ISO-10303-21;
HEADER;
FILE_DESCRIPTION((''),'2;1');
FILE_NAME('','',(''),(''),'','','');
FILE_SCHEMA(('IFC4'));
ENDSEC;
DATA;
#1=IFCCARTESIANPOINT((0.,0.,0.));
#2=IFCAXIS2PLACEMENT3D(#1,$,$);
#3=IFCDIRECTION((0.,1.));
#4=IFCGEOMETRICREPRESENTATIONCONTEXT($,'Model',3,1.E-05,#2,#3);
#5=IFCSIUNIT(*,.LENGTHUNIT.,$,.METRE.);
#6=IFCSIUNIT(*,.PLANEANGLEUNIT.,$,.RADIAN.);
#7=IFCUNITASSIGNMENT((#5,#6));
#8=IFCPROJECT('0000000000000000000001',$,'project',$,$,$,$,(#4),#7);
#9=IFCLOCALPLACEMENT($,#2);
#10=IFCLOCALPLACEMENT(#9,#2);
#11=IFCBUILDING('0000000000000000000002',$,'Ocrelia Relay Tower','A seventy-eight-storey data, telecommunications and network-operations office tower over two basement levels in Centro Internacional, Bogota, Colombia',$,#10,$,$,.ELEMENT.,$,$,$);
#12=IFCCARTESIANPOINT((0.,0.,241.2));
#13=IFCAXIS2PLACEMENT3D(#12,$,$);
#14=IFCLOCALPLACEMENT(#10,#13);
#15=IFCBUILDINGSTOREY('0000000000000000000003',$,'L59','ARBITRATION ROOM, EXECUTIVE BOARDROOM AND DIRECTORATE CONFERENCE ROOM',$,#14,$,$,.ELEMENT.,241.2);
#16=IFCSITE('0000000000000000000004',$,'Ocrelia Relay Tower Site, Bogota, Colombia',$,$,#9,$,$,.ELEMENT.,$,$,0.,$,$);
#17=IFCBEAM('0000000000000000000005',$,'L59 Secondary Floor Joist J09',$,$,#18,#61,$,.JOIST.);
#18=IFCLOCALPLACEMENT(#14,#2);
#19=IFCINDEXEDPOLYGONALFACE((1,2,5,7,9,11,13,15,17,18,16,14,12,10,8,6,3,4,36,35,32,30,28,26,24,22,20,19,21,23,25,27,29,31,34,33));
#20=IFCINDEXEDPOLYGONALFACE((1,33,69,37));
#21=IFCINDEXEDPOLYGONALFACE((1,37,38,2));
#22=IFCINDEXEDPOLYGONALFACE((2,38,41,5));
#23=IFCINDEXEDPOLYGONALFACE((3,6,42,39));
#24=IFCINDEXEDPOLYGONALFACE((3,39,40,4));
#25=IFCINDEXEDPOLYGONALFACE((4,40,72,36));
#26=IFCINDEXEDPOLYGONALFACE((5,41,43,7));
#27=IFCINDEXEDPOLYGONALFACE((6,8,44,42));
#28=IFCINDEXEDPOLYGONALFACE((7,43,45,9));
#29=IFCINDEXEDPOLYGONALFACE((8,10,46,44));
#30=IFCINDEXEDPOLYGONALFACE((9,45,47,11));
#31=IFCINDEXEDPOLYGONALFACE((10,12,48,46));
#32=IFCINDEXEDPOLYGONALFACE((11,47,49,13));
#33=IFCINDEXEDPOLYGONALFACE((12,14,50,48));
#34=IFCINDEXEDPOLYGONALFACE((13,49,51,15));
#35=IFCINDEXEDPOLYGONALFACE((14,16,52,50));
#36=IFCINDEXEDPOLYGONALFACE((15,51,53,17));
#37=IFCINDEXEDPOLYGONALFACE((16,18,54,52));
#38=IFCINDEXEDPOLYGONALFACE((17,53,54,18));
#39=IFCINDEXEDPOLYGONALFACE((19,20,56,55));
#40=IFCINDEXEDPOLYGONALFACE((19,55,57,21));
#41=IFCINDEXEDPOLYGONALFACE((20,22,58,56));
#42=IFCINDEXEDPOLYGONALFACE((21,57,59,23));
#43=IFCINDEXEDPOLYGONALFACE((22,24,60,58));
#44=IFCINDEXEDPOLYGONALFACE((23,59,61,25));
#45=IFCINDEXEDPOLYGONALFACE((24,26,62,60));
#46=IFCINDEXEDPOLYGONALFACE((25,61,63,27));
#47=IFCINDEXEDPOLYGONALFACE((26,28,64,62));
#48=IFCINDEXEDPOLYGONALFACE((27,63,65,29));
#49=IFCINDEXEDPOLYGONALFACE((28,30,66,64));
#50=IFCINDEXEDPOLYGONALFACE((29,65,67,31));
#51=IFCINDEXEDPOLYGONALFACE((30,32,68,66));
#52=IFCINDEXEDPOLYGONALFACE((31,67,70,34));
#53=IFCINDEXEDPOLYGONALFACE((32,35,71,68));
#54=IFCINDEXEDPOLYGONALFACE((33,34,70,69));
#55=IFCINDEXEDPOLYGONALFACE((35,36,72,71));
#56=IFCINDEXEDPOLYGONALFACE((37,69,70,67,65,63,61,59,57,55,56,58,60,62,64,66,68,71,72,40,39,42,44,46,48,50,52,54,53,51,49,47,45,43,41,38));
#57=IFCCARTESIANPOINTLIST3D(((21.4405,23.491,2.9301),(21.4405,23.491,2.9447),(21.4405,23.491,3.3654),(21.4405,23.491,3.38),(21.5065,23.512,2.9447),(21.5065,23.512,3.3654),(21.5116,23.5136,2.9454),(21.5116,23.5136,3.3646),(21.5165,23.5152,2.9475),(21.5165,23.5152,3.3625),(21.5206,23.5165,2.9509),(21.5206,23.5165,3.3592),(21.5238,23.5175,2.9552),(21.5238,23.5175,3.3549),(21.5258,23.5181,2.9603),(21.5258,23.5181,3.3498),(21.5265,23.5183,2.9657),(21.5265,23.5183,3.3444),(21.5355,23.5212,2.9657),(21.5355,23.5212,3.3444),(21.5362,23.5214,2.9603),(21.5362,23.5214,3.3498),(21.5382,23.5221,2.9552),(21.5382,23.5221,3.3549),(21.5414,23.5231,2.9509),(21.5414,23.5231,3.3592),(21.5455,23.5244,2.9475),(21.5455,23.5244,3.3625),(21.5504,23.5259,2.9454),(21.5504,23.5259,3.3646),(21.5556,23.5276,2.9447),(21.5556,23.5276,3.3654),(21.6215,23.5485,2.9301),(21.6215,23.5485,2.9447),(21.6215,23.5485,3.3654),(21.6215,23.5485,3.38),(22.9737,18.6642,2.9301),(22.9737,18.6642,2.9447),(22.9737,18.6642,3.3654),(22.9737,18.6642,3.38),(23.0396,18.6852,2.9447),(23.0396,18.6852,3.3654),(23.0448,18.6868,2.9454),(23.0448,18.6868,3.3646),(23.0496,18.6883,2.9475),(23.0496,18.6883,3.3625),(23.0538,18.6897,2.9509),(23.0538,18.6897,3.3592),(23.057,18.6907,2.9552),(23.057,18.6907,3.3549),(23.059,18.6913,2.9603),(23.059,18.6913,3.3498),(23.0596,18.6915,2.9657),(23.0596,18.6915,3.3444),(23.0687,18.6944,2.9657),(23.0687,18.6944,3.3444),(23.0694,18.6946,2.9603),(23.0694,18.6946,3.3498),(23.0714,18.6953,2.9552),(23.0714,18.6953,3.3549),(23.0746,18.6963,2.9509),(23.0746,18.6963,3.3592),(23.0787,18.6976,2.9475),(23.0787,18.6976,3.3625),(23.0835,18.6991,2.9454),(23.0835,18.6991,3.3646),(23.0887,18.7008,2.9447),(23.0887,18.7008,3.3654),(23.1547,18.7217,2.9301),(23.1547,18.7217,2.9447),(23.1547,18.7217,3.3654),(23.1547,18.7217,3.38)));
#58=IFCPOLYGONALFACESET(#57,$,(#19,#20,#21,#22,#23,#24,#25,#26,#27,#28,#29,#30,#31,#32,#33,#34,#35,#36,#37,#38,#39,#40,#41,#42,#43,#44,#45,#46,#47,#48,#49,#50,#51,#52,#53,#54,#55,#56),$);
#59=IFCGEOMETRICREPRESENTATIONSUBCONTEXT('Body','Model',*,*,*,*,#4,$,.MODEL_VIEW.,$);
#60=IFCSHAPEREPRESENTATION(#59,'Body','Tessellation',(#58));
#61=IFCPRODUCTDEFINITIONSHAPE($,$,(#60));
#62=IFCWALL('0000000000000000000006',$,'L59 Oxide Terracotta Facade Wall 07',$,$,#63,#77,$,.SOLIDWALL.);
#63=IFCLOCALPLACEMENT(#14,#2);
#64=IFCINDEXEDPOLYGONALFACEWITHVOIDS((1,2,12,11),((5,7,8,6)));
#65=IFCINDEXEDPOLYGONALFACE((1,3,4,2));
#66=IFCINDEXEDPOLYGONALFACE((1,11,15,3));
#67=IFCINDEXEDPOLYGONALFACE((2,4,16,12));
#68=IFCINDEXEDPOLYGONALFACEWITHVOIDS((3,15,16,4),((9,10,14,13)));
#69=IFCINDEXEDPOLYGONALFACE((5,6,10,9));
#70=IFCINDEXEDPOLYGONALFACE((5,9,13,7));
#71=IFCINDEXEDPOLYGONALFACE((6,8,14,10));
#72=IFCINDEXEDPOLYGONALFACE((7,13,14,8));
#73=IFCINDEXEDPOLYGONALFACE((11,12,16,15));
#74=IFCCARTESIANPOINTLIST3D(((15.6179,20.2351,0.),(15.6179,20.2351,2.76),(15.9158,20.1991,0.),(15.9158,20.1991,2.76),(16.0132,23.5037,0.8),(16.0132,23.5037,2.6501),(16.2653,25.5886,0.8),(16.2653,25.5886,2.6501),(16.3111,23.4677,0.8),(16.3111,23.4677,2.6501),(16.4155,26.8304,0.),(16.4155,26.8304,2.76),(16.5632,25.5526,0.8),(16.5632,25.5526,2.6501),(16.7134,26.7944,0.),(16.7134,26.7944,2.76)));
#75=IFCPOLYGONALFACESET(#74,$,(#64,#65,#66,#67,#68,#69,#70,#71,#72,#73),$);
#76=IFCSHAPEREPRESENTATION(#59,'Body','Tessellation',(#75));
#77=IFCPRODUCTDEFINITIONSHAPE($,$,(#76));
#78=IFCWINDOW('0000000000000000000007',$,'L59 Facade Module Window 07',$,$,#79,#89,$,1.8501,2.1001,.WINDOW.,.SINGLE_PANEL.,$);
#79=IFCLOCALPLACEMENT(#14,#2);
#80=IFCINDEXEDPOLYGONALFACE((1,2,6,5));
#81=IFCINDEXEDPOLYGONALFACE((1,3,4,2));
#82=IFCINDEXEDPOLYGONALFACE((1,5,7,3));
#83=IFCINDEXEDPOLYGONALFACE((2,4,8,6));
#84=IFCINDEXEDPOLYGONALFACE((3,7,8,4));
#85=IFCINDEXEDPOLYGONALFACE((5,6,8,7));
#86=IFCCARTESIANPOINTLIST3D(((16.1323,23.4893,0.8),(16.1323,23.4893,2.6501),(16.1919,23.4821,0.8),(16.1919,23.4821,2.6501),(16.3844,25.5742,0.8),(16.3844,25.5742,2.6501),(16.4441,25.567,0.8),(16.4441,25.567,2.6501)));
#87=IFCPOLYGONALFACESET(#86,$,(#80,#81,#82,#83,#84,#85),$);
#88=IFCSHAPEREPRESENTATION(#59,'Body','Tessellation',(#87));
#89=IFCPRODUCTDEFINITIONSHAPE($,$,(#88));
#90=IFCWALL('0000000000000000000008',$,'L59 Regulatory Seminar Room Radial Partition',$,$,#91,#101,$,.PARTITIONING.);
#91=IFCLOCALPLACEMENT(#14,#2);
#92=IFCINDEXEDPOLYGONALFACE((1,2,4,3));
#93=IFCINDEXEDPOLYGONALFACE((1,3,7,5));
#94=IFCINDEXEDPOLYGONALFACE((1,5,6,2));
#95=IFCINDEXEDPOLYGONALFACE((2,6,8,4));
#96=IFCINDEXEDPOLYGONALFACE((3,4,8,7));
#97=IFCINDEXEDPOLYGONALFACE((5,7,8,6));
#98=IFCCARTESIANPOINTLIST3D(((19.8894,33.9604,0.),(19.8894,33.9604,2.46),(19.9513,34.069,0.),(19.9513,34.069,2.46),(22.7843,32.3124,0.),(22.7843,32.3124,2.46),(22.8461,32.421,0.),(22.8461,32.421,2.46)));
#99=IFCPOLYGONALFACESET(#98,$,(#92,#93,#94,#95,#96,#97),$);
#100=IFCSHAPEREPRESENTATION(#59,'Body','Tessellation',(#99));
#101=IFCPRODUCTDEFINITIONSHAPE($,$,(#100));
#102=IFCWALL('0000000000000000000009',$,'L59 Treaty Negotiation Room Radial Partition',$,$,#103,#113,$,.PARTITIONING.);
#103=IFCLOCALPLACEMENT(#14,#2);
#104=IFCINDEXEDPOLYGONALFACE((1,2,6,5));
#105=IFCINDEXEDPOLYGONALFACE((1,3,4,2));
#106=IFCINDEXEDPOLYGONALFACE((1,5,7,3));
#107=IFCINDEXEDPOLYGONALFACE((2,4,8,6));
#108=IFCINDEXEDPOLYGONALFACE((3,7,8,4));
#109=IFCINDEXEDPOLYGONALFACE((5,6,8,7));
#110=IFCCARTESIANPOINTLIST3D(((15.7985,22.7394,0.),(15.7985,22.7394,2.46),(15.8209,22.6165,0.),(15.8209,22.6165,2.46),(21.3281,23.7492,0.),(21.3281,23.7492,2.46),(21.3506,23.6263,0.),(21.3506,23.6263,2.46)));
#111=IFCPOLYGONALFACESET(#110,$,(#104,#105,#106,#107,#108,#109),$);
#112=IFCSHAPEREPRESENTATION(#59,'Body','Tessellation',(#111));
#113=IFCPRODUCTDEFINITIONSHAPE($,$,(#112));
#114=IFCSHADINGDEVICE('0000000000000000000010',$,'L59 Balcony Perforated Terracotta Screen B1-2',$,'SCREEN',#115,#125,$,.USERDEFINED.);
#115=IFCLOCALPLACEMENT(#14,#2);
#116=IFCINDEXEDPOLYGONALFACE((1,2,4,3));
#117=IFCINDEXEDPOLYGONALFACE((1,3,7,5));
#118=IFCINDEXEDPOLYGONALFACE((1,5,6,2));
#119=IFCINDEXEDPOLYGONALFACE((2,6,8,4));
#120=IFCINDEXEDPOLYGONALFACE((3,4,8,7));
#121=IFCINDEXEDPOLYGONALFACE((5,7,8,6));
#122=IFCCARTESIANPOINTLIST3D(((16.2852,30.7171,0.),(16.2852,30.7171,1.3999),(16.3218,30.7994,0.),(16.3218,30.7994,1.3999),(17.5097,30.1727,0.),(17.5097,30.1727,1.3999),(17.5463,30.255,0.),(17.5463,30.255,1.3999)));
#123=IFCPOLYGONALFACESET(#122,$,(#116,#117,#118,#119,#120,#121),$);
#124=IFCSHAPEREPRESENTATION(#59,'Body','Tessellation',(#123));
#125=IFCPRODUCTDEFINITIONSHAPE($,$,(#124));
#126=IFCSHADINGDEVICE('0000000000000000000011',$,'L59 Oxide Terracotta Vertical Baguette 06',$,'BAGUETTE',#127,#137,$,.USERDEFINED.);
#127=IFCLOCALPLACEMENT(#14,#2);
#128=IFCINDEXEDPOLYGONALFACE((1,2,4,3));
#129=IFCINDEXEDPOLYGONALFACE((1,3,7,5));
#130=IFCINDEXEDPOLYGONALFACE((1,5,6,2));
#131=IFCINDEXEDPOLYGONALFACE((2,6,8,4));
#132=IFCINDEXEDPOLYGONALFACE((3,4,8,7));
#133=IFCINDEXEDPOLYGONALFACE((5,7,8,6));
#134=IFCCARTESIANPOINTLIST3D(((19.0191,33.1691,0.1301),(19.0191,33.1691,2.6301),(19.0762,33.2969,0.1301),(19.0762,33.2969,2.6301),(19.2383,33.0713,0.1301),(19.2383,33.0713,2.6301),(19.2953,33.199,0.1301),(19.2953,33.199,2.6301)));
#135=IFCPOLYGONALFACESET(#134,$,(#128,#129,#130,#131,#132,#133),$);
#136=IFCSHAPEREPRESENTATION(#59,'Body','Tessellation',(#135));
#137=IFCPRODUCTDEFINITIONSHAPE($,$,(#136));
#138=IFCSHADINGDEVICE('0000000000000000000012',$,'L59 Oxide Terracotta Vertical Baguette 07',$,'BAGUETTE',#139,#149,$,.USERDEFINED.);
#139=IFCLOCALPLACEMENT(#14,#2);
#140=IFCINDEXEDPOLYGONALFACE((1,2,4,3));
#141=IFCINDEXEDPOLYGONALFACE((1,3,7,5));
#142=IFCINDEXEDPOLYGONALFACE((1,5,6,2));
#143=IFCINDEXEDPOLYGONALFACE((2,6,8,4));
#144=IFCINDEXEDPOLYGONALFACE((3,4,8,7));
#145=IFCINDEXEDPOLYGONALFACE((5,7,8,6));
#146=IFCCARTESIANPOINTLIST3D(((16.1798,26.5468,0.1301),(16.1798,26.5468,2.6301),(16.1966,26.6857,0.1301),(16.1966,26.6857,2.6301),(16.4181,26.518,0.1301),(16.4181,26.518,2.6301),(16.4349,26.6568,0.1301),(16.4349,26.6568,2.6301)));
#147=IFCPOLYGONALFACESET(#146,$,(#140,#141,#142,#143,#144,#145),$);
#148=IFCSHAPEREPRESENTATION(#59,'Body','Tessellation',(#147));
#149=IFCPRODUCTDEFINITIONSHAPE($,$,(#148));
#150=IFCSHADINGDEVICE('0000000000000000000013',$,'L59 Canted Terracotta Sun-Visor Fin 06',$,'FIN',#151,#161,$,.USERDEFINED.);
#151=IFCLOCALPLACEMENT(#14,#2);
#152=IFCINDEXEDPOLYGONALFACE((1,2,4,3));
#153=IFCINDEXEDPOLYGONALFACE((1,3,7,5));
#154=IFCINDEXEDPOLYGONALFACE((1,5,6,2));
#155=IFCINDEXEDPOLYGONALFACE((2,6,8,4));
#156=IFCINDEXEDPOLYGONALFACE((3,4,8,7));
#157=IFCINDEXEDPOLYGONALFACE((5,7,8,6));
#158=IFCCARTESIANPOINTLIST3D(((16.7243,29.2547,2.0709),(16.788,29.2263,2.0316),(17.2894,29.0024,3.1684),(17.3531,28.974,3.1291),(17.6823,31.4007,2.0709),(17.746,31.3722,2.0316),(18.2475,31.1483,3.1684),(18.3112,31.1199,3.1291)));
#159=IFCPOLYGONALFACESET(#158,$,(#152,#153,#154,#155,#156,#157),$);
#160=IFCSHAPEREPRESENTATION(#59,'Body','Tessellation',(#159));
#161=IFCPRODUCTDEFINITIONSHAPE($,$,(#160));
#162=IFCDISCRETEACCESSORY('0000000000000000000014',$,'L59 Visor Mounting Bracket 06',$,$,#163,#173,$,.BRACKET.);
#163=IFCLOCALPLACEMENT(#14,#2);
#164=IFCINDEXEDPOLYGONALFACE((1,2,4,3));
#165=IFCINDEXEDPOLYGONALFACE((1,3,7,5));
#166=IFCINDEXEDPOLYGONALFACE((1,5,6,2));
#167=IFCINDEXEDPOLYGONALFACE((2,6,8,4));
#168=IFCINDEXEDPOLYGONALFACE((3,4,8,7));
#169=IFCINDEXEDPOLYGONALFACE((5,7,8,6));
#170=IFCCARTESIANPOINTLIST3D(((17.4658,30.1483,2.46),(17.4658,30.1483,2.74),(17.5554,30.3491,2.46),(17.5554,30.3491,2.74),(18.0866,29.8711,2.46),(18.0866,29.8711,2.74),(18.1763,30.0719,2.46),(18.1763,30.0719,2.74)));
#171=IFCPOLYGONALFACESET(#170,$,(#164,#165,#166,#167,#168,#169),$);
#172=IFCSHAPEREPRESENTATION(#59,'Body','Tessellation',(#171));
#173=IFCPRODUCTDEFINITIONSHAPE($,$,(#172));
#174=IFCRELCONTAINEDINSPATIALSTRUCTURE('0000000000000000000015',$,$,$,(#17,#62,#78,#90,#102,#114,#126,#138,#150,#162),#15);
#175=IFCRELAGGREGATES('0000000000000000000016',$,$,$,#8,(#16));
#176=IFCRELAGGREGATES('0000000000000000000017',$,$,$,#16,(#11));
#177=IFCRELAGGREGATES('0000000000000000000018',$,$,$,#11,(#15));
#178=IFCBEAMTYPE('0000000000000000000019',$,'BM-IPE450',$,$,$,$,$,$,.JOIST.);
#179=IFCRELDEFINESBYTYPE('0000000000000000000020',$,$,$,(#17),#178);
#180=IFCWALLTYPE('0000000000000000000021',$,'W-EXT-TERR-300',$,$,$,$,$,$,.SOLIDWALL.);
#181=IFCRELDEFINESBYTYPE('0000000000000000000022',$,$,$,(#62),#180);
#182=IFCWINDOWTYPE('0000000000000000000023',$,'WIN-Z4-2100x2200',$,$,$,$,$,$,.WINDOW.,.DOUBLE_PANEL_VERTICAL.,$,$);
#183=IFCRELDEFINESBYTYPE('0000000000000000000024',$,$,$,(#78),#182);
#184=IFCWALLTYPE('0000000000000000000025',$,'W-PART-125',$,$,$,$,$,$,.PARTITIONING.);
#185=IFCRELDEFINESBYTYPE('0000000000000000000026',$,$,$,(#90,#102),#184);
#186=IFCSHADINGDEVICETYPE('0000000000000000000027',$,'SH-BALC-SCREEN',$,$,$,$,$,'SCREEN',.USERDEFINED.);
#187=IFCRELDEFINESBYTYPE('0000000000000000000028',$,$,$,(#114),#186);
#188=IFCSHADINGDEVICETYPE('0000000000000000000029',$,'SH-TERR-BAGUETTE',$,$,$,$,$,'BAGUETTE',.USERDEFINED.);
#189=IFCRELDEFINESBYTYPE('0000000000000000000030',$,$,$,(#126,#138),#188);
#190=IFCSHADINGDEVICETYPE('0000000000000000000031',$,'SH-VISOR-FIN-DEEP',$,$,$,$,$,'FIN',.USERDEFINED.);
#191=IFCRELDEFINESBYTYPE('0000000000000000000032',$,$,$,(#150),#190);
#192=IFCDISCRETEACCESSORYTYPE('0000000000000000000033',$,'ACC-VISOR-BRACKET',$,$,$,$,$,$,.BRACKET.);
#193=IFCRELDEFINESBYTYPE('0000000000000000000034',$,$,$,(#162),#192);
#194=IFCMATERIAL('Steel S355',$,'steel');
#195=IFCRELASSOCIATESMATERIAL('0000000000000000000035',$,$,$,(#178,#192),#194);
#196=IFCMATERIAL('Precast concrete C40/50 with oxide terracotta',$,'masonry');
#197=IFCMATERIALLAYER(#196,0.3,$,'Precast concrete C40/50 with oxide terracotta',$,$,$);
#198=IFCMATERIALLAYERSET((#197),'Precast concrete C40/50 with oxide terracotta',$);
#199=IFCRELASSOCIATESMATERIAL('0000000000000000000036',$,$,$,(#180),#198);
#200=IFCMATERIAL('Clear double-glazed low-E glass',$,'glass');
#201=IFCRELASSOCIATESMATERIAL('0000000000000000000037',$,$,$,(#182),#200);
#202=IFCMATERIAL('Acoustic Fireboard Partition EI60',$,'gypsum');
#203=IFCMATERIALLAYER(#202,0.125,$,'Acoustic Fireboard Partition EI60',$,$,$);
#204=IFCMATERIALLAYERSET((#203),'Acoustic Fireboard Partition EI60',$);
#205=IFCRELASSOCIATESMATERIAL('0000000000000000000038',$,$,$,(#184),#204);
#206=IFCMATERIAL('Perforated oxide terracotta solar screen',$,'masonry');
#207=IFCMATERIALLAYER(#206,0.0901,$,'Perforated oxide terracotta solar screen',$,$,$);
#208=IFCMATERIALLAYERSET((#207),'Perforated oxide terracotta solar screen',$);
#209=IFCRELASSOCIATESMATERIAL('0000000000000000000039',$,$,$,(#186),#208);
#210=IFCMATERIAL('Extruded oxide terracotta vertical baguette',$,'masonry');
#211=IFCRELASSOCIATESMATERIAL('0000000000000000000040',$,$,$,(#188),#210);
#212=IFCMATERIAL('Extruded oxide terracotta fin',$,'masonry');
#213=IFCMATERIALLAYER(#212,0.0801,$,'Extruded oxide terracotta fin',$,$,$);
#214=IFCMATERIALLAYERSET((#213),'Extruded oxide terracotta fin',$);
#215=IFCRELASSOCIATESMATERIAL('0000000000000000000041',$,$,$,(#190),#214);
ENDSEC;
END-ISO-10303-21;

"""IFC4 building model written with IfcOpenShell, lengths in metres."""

from ifc_helpers import new_model, si_unit, direction, frame, frame_2d, origin, origin_2d, place, context, subcontext, project, spatial, rectangle, i_section, extrude, material, layer, layer_set, material_profile, profile_set, type_object, element, fill, save


model = new_model("IFC4")

# Units and contexts
model_context = context("Model", 3, precision=1e-05, world=origin(), true_north=direction((0.0, 1.0)))
body_context = subcontext(model_context, "Body", "Model", "MODEL_VIEW")
ifc_project = project(units=[si_unit("LENGTHUNIT", "METRE"), si_unit("PLANEANGLEUNIT", "RADIAN")], contexts=[model_context])

# Site, building, storey
site_placement = place(None, origin())
site = spatial("IfcSite", under=ifc_project, at=site_placement, Name="Ocrelia Relay Tower Site, Bogota, Colombia", CompositionType="ELEMENT", RefElevation=0.0)
building_placement = place(site_placement, origin())
building = spatial("IfcBuilding", under=site, at=building_placement, Name="Ocrelia Relay Tower", Description="A seventy-eight-storey data, telecommunications and network-operations office tower over two basement levels in Centro Internacional, Bogota, Colombia", CompositionType="ELEMENT")
storey_placement = place(building_placement, frame((0.0, 0.0, 241.2)))
storey = spatial("IfcBuildingStorey", under=building, at=storey_placement, Name="L59", Description="ARBITRATION ROOM, EXECUTIVE BOARDROOM AND DIRECTORATE CONFERENCE ROOM", CompositionType="ELEMENT", Elevation=241.2)

# Beam
ifc_material_1 = material(Name="Steel S355", Category="steel")
ifc_material_profile_1 = material_profile(ifc_material_1, i_section(OverallWidth=0.1899, OverallDepth=0.45, WebThickness=0.0095, FlangeThickness=0.0146, FilletRadius=0.021, at=origin_2d()), Name="IPE 450")
ifc_profile_set_1 = profile_set([ifc_material_profile_1], Name="Steel S355")
beam_type_1 = type_object("IfcBeamType", Name="BM-IPE450", PredefinedType="JOIST", material=ifc_profile_set_1)
beam_1_placement = place(storey_placement, frame((21.531, 23.5198, 3.155), z_axis=(0.302732, -0.953076, 0.0), x_axis=(0.953076, 0.302732, 0.0)))
element("IfcBeam", 1, at=beam_1_placement, inside=storey, type_object=beam_type_1, Name="L59 Secondary Floor Joist J09", PredefinedType="JOIST", context=body_context, shape_type="SweptSolid", body=[
    extrude(i_section(OverallWidth=0.1899, OverallDepth=0.45, WebThickness=0.0095, FlangeThickness=0.0146, FilletRadius=0.021, at=origin_2d()), origin(), (0.0, 0.0, 1.0), 5.0645),
])

# Wall, opening, window
ifc_material_2 = material(Name="Precast concrete C40/50 with oxide terracotta", Category="masonry")
ifc_layer_1 = layer(ifc_material_2, 0.3, Name="Precast concrete C40/50 with oxide terracotta")
ifc_layer_set_1 = layer_set([ifc_layer_1], Name="Precast concrete C40/50 with oxide terracotta")
wall_type_1 = type_object("IfcWallType", Name="W-EXT-TERR-300", PredefinedType="SOLIDWALL", material=ifc_layer_set_1)
wall_1_placement = place(storey_placement, frame((16.5645, 26.8125, 0.0), z_axis=(0.0, 0.0, 1.0), x_axis=(-0.120062, -0.992766, 0.0)))
wall_1 = element("IfcWall", 2, at=wall_1_placement, inside=storey, type_object=wall_type_1, Name="L59 Oxide Terracotta Facade Wall 07", PredefinedType="SOLIDWALL", context=body_context, shape_type="SweptSolid", body=[
    extrude(rectangle(XDim=6.6433, YDim=0.3, at=frame_2d((3.3218, 0.0))), origin(), (0.0, 0.0, 1.0), 2.76),
])
opening_1_placement = place(wall_1_placement, frame((1.251, 0.0, 0.8)))
opening_1 = element("IfcOpeningElement", 3, at=opening_1_placement, cuts=wall_1, PredefinedType="OPENING", context=body_context, shape_type="SweptSolid", body=[
    extrude(rectangle(XDim=2.1001, YDim=1.8501, at=frame_2d((1.05, 0.925))), frame((0.0, 0.1602, 0.0), z_axis=(0.0, -1.0, 0.0), x_axis=(1.0, 0.0, 0.0)), (0.0, 0.0, 1.0), 0.3201),
])
ifc_material_3 = material(Name="Clear double-glazed low-E glass", Category="glass")
window_type = type_object("IfcWindowType", Name="WIN-Z4-2100x2200", PartitioningType="DOUBLE_PANEL_VERTICAL", PredefinedType="WINDOW", material=ifc_material_3)
window_placement = place(opening_1_placement, origin())
window = element("IfcWindow", 4, at=window_placement, inside=storey, type_object=window_type, Name="L59 Facade Module Window 07", OverallHeight=1.8501, OverallWidth=2.1001, PartitioningType="SINGLE_PANEL", PredefinedType="WINDOW", context=body_context, shape_type="SweptSolid", body=[
    extrude(rectangle(XDim=2.1001, YDim=1.8501, at=frame_2d((1.05, 0.925))), frame((0.0, 0.03, 0.0), z_axis=(0.0, -1.0, 0.0), x_axis=(1.0, 0.0, 0.0)), (0.0, 0.0, 1.0), 0.0601),
])
fill(opening_1, window)

# Walls
ifc_material_4 = material(Name="Acoustic Fireboard Partition EI60", Category="gypsum")
ifc_layer_2 = layer(ifc_material_4, 0.125, Name="Acoustic Fireboard Partition EI60")
ifc_layer_set_2 = layer_set([ifc_layer_2], Name="Acoustic Fireboard Partition EI60")
wall_type_2 = type_object("IfcWallType", Name="W-PART-125", PredefinedType="PARTITIONING", material=ifc_layer_set_2)
wall_2_placement = place(storey_placement, frame((22.8152, 32.3667, 0.0), z_axis=(0.0, 0.0, 1.0), x_axis=(-0.869045, 0.494733, 0.0)))
element("IfcWall", 5, at=wall_2_placement, inside=storey, type_object=wall_type_2, Name="L59 Regulatory Seminar Room Radial Partition", PredefinedType="PARTITIONING", context=body_context, shape_type="SweptSolid", body=[
    extrude(rectangle(XDim=3.3311, YDim=0.125, at=frame_2d((1.6655, 0.0))), origin(), (0.0, 0.0, 1.0), 2.46),
])
wall_3_placement = place(storey_placement, frame((21.3394, 23.6877, 0.0), z_axis=(0.0, 0.0, 1.0), x_axis=(-0.983732, -0.179642, 0.0)))
element("IfcWall", 6, at=wall_3_placement, inside=storey, type_object=wall_type_2, Name="L59 Treaty Negotiation Room Radial Partition", PredefinedType="PARTITIONING", context=body_context, shape_type="SweptSolid", body=[
    extrude(rectangle(XDim=5.6211, YDim=0.125, at=frame_2d((2.8105, 0.0))), origin(), (0.0, 0.0, 1.0), 2.46),
])

# Shading devices
ifc_material_5 = material(Name="Perforated oxide terracotta solar screen", Category="masonry")
ifc_layer_3 = layer(ifc_material_5, 0.0901, Name="Perforated oxide terracotta solar screen")
ifc_layer_set_3 = layer_set([ifc_layer_3], Name="Perforated oxide terracotta solar screen")
shading_device_type_1 = type_object("IfcShadingDeviceType", Name="SH-BALC-SCREEN", ElementType="SCREEN", PredefinedType="USERDEFINED", material=ifc_layer_set_3)
shading_device_1_placement = place(storey_placement, frame((16.9158, 30.4861, 0.0), z_axis=(0.0, 0.0, 1.0), x_axis=(-0.913761, 0.406252, 0.0)))
element("IfcShadingDevice", 7, at=shading_device_1_placement, inside=storey, type_object=shading_device_type_1, Name="L59 Balcony Perforated Terracotta Screen B1-2", ObjectType="SCREEN", PredefinedType="USERDEFINED", context=body_context, shape_type="SweptSolid", body=[
    extrude(rectangle(XDim=1.3401, YDim=0.0901, at=origin_2d()), origin(), (0.0, 0.0, 1.0), 1.3999),
])
ifc_material_6 = material(Name="Extruded oxide terracotta vertical baguette", Category="masonry")
shading_device_type_2 = type_object("IfcShadingDeviceType", Name="SH-TERR-BAGUETTE", ElementType="BAGUETTE", PredefinedType="USERDEFINED", material=ifc_material_6)
for number, where, z_axis, x_axis, name in (
    (8, (19.1572, 33.1841, 0.1301), (0.0, 0.0, 1.0), (-0.407664, -0.913132, 0.0), "L59 Oxide Terracotta Vertical Baguette 06"),
    (9, (16.3074, 26.6018, 0.1301), (0.0, 0.0, 1.0), (-0.120078, -0.992764, 0.0), "L59 Oxide Terracotta Vertical Baguette 07"),
):
    element("IfcShadingDevice", number, at=place(storey_placement, frame(where, z_axis=z_axis, x_axis=x_axis)), inside=storey, type_object=shading_device_type_2, Name=name, ObjectType="BAGUETTE", PredefinedType="USERDEFINED", context=body_context, shape_type="SweptSolid", body=[
        extrude(rectangle(XDim=0.1399, YDim=0.24, at=origin_2d()), origin(), (0.0, 0.0, 1.0), 2.5),
    ])
ifc_material_7 = material(Name="Extruded oxide terracotta fin", Category="masonry")
ifc_layer_4 = layer(ifc_material_7, 0.0801, Name="Extruded oxide terracotta fin")
ifc_layer_set_4 = layer_set([ifc_layer_4], Name="Extruded oxide terracotta fin")
shading_device_type_3 = type_object("IfcShadingDeviceType", Name="SH-VISOR-FIN-DEEP", ElementType="FIN", PredefinedType="USERDEFINED", material=ifc_layer_set_4)
shading_device_2_placement = place(storey_placement, frame((17.5496, 30.1731, 2.5803), z_axis=(-0.795377, 0.355092, 0.491208), x_axis=(-0.407664, -0.913132, 0.0)))
element("IfcShadingDevice", 10, at=shading_device_2_placement, inside=storey, type_object=shading_device_type_3, Name="L59 Canted Terracotta Sun-Visor Fin 06", ObjectType="FIN", PredefinedType="USERDEFINED", context=body_context, shape_type="SweptSolid", body=[
    extrude(rectangle(XDim=2.3501, YDim=1.26, at=origin_2d()), origin(), (0.0, 0.0, 1.0), 0.0801),
])

# Discrete accessory
discrete_accessory_type = type_object("IfcDiscreteAccessoryType", Name="ACC-VISOR-BRACKET", PredefinedType="BRACKET", material=ifc_material_1)
for number, where, z_axis, x_axis, name in (
    (11, (17.821, 30.1101, 2.46), (0.0, 0.0, 1.0), (-0.407664, -0.913132, 0.0), "L59 Visor Mounting Bracket 06"),
):
    element("IfcDiscreteAccessory", number, at=place(storey_placement, frame(where, z_axis=z_axis, x_axis=x_axis)), inside=storey, type_object=discrete_accessory_type, Name=name, PredefinedType="BRACKET", context=body_context, shape_type="SweptSolid", body=[
        extrude(rectangle(XDim=0.22, YDim=0.6799, at=origin_2d()), origin(), (0.0, 0.0, 1.0), 0.28),
    ])

save(model, "model.ifc")
